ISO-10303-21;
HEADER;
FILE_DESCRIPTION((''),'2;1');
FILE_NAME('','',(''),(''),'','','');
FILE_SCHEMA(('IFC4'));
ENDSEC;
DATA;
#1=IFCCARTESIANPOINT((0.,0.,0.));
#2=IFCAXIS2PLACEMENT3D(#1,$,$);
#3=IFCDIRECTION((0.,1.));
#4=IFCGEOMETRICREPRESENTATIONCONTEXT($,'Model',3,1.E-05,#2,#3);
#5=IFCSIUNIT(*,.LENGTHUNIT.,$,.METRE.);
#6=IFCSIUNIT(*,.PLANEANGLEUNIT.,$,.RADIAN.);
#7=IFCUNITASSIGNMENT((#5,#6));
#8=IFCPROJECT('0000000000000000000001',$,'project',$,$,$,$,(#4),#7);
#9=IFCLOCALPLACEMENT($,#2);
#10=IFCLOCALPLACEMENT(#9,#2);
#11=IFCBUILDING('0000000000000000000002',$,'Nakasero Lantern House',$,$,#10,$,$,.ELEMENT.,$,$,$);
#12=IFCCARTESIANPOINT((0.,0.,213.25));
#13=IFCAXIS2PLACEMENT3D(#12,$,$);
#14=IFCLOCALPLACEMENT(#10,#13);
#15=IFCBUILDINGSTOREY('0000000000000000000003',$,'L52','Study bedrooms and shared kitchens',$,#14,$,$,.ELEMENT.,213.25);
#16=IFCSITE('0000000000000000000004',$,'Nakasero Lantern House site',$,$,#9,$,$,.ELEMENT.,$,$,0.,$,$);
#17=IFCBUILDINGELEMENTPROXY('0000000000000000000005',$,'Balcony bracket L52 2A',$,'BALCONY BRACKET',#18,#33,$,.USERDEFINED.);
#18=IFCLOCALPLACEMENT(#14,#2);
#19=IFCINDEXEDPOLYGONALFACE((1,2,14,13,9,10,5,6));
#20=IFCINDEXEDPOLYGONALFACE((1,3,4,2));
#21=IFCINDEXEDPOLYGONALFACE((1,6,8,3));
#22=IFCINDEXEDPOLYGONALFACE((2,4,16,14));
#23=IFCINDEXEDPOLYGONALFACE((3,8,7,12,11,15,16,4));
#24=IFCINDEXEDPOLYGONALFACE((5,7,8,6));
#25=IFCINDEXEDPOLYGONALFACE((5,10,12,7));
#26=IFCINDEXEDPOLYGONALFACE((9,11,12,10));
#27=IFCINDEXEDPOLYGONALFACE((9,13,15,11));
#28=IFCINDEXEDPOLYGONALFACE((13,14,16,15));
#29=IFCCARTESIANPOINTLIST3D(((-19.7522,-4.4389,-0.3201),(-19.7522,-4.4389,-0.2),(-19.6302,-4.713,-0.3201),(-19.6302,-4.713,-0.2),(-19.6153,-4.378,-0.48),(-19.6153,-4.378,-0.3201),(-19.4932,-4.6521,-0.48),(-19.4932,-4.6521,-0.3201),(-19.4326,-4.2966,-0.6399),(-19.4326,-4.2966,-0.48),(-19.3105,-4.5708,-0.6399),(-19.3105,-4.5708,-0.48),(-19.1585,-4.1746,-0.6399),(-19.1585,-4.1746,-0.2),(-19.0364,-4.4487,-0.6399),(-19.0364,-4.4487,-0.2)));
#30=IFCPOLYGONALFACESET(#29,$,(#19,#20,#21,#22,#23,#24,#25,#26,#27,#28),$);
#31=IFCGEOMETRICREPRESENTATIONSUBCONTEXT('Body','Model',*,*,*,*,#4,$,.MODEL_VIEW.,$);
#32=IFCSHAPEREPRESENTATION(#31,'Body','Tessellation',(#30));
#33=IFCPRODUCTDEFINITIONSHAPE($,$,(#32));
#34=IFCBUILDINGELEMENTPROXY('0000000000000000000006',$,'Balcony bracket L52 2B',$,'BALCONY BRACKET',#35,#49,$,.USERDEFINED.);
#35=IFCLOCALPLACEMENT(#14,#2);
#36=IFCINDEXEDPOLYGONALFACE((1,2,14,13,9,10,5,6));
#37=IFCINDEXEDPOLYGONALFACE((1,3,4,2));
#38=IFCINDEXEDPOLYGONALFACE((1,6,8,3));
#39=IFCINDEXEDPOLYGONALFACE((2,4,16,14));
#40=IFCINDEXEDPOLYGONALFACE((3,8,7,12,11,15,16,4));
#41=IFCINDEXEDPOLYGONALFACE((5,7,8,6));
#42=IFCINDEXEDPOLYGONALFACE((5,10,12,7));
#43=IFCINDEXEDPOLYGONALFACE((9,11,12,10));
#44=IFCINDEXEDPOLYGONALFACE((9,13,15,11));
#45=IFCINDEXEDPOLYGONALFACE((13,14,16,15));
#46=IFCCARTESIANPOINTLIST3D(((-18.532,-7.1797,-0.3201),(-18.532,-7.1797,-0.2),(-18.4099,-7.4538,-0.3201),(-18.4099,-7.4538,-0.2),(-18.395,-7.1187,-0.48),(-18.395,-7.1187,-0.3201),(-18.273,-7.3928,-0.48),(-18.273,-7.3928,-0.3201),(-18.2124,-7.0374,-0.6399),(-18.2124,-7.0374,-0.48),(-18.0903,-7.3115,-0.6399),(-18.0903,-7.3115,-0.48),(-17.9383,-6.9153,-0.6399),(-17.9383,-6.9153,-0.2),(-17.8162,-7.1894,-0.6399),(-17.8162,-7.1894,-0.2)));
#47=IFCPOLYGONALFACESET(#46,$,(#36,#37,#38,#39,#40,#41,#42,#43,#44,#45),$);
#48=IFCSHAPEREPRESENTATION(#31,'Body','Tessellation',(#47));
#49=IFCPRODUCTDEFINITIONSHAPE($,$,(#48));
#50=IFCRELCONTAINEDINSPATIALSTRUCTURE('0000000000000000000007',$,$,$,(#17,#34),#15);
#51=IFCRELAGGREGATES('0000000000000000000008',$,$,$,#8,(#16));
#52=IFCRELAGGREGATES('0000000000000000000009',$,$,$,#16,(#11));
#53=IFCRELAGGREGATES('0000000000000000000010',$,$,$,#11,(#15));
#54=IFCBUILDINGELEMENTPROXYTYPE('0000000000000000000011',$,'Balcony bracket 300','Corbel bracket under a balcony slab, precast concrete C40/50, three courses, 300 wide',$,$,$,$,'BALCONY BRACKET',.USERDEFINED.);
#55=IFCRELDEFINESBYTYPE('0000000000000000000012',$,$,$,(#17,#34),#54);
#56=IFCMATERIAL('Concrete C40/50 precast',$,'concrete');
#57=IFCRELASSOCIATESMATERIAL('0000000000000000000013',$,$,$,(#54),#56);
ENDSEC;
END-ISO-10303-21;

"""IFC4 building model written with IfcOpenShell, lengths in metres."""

from ifc_helpers import new_model, si_unit, direction, frame, origin, place, context, subcontext, project, spatial, polyline, outline, extrude, material, type_object, element, save


model = new_model("IFC4")

# Units and contexts
model_context = context("Model", 3, precision=1e-05, world=origin(), true_north=direction((0.0, 1.0)))
body_context = subcontext(model_context, "Body", "Model", "MODEL_VIEW")
ifc_project = project(units=[si_unit("LENGTHUNIT", "METRE"), si_unit("PLANEANGLEUNIT", "RADIAN")], contexts=[model_context])

# Site, building, storey
site_placement = place(None, origin())
site = spatial("IfcSite", under=ifc_project, at=site_placement, Name="Nakasero Lantern House site", CompositionType="ELEMENT", RefElevation=0.0)
building_placement = place(site_placement, origin())
building = spatial("IfcBuilding", under=site, at=building_placement, Name="Nakasero Lantern House", CompositionType="ELEMENT")
storey_placement = place(building_placement, frame((0.0, 0.0, 213.25)))
storey = spatial("IfcBuildingStorey", under=building, at=storey_placement, Name="L52", Description="Study bedrooms and shared kitchens", CompositionType="ELEMENT", Elevation=213.25)

# Building element proxies
ifc_material_1 = material(Name="Concrete C40/50 precast", Category="concrete")
building_element_proxy_type = type_object("IfcBuildingElementProxyType", Name="Balcony bracket 300", Description="Corbel bracket under a balcony slab, precast concrete C40/50, three courses, 300 wide", ElementType="BALCONY BRACKET", PredefinedType="USERDEFINED", material=ifc_material_1)
for number, where, z_axis, x_axis, name in (
    (1, (-19.0974, -4.3118, -0.2), (0.0, 0.0, 1.0), (-0.913545, -0.406737, 0.0), "Balcony bracket L52 2A"),
    (2, (-17.8772, -7.0525, -0.2), (0.0, 0.0, 1.0), (-0.913545, -0.406737, 0.0), "Balcony bracket L52 2B"),
):
    element("IfcBuildingElementProxy", number, at=place(storey_placement, frame(where, z_axis=z_axis, x_axis=x_axis)), inside=storey, type_object=building_element_proxy_type, Name=name, ObjectType="BALCONY BRACKET", PredefinedType="USERDEFINED", context=body_context, shape_type="SweptSolid", body=[
        extrude(outline(polyline([(0.0, 0.0), (0.6499, 0.0), (0.6499, -0.1201), (0.5, -0.1201), (0.5, -0.28), (0.3, -0.28), (0.3, -0.4399), (0.0, -0.4399), (0.0, 0.0)])), frame((0.0, 0.1499, 0.0), z_axis=(0.0, -1.0, 0.0), x_axis=(1.0, 0.0, 0.0)), (0.0, 0.0, 1.0), 0.3),
    ])

save(model, "model.ifc")
